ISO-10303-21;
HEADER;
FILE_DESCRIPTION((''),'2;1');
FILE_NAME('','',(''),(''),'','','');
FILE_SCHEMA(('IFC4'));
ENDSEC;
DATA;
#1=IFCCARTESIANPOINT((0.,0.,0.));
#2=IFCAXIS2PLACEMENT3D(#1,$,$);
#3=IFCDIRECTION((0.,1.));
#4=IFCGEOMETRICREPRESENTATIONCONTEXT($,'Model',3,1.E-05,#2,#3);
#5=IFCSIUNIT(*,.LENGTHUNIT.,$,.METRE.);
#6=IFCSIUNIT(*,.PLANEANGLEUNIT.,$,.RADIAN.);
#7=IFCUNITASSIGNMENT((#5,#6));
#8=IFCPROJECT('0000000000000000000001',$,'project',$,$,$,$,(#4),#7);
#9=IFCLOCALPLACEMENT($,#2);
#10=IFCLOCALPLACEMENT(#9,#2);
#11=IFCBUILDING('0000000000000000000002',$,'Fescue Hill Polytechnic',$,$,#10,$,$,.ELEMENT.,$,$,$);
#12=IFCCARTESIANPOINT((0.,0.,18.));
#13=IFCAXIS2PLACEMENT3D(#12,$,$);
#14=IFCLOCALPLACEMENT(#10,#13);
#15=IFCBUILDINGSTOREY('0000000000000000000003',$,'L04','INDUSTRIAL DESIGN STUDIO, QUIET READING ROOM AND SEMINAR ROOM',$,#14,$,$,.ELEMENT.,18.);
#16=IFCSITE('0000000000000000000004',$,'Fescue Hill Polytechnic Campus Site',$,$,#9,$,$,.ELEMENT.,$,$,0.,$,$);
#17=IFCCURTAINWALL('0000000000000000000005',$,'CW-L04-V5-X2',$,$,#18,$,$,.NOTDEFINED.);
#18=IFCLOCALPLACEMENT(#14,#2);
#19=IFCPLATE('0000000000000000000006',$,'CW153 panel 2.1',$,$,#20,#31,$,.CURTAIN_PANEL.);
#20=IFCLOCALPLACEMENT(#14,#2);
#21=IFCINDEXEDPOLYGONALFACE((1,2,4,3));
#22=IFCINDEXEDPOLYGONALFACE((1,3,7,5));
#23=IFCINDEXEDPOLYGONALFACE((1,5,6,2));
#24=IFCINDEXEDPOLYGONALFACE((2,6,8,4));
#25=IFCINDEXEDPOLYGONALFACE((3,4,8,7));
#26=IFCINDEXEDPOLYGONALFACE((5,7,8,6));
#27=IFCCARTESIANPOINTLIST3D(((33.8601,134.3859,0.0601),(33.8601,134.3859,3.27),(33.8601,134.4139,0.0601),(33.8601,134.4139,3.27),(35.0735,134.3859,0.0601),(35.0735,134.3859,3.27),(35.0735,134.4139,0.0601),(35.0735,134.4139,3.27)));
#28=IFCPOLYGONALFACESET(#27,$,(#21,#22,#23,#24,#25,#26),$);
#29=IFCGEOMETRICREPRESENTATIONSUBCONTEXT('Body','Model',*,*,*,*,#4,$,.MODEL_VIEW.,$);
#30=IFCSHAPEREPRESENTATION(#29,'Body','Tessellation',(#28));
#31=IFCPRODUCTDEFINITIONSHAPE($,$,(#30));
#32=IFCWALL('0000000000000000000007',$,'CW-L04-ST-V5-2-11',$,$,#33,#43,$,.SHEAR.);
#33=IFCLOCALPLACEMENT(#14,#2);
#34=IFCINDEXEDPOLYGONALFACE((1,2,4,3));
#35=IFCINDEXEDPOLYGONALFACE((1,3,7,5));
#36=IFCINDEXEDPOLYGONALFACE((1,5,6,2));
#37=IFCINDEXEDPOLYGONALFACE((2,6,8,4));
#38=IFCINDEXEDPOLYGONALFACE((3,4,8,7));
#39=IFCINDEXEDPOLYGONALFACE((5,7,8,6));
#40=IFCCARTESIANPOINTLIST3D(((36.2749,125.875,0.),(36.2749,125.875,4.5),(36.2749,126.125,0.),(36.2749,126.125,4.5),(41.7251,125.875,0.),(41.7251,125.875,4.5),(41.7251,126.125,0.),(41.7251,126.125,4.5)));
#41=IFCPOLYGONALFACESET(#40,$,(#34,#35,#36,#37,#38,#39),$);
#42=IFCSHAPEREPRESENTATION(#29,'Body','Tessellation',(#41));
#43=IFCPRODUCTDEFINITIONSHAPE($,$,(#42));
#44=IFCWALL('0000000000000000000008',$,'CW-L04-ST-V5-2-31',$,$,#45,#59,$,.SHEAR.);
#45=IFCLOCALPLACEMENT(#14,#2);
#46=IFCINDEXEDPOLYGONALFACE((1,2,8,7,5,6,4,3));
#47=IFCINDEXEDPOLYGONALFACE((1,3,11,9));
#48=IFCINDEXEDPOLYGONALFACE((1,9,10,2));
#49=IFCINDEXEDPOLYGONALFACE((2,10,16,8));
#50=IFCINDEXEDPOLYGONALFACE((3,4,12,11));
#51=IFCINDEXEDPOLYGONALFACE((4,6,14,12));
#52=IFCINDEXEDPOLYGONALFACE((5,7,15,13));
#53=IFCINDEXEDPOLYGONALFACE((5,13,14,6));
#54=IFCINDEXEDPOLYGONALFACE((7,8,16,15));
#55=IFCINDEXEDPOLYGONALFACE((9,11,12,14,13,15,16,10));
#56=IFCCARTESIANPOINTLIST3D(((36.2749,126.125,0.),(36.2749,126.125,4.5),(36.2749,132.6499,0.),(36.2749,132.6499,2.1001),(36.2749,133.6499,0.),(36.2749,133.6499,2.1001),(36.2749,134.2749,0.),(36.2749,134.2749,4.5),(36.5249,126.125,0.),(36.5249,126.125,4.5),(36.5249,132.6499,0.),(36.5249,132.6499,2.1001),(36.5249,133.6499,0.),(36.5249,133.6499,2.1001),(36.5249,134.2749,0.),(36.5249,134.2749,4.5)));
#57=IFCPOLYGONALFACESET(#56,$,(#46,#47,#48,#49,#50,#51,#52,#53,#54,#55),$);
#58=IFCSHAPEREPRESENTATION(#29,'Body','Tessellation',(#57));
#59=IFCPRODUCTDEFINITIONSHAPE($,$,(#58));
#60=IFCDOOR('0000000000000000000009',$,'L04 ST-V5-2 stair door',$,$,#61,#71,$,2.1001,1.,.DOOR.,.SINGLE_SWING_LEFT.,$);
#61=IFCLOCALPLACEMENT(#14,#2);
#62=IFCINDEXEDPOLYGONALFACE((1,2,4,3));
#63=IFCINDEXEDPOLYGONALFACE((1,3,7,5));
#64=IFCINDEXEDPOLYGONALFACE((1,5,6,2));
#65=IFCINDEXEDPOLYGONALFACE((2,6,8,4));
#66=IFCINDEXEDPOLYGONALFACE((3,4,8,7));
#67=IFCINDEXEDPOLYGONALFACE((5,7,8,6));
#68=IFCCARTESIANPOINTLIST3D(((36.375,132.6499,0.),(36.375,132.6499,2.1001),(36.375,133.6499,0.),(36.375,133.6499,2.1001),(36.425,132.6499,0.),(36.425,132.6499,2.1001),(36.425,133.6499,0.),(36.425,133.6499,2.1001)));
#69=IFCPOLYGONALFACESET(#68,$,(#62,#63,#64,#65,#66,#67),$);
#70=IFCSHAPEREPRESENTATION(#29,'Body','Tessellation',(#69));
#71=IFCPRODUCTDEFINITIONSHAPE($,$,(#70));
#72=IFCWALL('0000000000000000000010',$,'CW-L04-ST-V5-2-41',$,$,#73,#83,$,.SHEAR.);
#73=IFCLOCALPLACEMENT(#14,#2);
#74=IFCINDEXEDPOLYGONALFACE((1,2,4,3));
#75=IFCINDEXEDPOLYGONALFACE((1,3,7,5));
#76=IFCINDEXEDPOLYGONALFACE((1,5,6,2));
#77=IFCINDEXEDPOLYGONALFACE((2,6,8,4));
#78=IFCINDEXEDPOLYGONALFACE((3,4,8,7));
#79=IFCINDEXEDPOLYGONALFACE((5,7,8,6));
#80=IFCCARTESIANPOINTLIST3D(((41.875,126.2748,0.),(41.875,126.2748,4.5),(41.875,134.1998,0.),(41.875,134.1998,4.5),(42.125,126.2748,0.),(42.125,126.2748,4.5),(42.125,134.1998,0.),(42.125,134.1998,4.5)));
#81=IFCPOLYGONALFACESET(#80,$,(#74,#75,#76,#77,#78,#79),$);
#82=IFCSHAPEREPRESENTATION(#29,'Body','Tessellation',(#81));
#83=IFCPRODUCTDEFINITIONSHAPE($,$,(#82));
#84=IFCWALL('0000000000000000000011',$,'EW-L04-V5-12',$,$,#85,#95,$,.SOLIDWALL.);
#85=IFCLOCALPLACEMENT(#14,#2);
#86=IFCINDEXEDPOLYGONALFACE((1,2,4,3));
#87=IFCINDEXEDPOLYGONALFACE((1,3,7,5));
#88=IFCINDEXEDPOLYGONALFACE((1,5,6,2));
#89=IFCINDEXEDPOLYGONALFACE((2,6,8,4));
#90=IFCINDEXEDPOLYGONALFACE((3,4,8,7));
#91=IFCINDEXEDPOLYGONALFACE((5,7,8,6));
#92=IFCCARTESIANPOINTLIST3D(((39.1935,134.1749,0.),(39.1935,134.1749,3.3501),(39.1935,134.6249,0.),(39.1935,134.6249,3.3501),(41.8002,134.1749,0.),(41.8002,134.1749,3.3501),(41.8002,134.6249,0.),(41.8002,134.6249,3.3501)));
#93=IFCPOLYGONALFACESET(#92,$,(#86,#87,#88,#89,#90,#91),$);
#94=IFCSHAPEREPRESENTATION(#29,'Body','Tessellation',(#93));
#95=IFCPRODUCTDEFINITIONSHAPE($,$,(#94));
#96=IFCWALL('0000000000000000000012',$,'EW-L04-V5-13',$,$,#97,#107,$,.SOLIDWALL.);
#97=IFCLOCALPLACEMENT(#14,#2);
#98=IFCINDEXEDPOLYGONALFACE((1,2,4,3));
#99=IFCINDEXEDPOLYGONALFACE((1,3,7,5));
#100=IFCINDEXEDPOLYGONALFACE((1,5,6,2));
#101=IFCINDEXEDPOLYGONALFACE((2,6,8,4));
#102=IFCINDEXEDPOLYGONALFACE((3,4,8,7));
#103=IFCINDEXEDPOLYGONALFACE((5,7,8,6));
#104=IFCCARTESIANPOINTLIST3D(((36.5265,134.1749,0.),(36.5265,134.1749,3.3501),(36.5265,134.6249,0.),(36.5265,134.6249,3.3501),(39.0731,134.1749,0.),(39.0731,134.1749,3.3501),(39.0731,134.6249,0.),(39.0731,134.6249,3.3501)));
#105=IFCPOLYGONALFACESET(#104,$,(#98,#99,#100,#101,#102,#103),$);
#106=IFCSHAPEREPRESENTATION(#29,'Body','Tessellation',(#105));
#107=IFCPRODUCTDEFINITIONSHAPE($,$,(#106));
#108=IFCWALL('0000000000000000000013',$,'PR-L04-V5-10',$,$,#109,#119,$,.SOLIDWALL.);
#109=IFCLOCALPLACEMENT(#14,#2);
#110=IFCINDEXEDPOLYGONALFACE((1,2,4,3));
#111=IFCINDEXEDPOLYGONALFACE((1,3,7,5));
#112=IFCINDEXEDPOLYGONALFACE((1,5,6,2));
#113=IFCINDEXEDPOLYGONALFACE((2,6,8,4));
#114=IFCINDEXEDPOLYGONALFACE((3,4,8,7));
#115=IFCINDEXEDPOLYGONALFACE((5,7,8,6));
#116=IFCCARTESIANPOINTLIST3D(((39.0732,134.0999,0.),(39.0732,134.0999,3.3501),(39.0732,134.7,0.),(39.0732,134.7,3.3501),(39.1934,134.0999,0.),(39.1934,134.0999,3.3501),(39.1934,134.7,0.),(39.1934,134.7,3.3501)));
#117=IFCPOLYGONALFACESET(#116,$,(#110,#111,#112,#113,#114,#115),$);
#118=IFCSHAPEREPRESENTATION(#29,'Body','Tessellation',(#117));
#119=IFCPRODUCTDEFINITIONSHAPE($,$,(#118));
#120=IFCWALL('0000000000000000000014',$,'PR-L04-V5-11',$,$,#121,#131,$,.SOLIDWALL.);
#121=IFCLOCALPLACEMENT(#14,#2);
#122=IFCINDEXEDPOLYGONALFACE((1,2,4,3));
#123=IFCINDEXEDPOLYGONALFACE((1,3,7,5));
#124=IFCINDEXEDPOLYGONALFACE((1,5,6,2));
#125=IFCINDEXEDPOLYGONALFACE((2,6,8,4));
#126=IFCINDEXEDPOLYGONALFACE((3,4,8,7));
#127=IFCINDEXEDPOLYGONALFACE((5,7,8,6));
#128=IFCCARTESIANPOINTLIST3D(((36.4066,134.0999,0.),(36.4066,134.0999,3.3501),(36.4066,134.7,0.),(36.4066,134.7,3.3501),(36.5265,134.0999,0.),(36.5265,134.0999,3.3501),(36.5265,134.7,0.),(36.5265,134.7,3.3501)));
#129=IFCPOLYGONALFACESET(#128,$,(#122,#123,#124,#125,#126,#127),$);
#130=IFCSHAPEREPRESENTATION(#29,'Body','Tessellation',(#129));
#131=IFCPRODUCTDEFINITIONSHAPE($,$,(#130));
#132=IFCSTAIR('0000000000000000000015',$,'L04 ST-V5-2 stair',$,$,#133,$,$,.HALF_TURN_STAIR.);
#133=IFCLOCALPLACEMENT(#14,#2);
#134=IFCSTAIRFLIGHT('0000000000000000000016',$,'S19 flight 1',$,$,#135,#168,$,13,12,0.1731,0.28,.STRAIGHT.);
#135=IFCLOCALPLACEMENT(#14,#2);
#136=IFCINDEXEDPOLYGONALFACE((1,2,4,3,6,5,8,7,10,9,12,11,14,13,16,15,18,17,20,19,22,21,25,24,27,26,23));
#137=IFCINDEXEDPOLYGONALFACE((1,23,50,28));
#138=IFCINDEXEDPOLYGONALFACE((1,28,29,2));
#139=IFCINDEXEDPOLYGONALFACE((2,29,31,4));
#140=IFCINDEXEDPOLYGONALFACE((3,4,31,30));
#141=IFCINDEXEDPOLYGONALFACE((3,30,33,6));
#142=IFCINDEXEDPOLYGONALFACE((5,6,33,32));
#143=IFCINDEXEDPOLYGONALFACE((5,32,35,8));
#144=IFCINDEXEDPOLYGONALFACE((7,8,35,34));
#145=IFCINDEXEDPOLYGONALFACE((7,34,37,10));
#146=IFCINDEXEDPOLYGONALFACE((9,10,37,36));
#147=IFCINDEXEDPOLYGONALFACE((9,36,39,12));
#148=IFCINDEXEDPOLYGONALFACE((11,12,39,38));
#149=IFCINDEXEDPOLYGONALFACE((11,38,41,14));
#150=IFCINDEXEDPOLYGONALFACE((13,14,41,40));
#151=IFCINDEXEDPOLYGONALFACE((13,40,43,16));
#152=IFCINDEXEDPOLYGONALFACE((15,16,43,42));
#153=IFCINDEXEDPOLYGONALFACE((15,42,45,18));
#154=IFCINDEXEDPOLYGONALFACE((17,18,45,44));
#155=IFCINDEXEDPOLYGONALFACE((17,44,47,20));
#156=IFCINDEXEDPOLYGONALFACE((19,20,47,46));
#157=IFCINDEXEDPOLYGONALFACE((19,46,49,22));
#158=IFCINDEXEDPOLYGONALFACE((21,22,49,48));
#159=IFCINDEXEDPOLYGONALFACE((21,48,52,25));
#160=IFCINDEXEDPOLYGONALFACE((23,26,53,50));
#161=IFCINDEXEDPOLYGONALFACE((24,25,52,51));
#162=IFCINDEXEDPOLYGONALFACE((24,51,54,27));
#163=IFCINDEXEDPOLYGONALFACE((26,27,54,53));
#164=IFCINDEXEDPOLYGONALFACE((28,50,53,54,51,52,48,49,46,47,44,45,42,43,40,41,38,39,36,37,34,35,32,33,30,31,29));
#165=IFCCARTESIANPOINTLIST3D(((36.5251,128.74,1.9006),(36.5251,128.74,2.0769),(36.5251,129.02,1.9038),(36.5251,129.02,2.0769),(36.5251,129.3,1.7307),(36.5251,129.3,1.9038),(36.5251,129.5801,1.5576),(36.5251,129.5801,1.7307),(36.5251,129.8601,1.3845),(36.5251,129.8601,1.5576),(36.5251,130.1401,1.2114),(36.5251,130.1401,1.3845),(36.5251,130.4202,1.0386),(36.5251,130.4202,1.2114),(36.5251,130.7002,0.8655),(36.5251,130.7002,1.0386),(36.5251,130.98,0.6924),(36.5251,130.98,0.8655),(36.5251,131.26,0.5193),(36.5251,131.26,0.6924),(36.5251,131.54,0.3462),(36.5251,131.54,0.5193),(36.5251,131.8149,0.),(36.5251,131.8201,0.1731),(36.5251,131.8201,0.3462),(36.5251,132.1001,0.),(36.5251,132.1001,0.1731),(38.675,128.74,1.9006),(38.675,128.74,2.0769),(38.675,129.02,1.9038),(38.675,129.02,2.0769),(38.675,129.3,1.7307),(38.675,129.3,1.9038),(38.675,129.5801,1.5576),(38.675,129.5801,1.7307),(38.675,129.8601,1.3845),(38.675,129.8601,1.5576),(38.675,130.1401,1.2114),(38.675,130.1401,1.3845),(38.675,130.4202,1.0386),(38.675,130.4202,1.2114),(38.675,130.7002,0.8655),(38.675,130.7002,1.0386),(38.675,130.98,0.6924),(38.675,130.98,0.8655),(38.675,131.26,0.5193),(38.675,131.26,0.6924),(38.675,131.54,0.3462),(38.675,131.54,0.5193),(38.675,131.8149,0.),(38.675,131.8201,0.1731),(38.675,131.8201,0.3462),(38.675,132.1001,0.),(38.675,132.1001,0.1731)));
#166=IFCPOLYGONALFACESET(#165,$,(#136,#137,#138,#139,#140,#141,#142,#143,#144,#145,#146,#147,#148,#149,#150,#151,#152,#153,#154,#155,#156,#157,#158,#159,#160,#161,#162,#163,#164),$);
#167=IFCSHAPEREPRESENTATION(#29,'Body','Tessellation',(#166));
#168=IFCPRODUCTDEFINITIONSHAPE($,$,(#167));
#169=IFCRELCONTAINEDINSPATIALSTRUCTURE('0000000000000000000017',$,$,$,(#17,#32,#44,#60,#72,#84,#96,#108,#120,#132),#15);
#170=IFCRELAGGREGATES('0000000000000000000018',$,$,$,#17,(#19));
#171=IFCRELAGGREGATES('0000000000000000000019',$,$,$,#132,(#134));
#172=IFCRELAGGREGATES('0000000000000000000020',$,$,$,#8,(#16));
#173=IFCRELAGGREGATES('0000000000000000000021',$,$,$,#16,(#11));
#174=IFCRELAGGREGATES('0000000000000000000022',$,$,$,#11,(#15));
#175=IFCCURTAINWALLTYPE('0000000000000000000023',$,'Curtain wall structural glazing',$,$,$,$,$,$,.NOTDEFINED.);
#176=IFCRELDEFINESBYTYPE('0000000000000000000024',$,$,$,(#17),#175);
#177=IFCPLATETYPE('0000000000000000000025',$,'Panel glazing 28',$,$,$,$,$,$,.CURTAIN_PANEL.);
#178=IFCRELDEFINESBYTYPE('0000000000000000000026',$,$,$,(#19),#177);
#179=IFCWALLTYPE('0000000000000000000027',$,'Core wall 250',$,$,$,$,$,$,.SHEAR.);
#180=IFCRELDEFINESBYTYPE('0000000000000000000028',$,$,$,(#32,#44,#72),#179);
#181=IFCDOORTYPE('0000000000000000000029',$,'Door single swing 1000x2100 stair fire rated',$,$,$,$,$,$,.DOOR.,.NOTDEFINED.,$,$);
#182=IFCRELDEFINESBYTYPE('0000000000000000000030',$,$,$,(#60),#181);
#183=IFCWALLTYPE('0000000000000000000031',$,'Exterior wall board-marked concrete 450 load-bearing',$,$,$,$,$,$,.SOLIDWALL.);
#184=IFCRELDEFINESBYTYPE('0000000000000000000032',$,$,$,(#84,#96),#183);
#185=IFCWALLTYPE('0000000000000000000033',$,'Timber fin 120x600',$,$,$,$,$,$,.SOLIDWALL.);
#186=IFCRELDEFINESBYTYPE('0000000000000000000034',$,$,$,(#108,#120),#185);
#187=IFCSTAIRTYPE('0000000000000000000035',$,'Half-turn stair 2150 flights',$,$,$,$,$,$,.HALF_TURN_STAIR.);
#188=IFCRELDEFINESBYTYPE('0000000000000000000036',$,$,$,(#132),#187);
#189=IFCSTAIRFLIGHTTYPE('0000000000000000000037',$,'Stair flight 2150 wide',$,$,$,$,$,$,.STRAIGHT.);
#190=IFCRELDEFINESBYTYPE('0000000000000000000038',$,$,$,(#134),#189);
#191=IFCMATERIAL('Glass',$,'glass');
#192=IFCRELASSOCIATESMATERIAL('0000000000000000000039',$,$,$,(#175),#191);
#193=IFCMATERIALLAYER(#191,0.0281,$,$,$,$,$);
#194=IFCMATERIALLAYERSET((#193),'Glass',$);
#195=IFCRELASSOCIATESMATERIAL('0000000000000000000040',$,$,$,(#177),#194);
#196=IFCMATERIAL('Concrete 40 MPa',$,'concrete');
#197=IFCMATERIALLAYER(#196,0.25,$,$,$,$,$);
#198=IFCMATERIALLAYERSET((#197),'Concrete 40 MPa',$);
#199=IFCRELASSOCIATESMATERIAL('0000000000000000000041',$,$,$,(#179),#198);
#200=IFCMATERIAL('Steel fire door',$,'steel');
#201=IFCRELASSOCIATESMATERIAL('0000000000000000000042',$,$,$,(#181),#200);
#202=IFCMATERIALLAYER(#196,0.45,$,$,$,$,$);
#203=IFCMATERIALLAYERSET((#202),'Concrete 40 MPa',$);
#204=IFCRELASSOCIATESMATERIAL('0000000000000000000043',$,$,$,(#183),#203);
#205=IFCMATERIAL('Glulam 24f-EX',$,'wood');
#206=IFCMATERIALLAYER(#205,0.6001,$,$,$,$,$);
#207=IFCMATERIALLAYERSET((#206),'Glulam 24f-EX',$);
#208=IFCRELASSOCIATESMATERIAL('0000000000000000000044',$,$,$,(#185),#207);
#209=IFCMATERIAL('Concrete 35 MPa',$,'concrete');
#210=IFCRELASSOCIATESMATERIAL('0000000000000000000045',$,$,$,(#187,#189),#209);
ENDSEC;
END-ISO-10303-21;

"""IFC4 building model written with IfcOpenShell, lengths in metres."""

from ifc_helpers import new_model, si_unit, direction, frame, frame_2d, origin, origin_2d, place, context, subcontext, project, spatial, polyline, rectangle, outline, extrude, material, layer, layer_set, type_object, element, fill, aggregate, save


model = new_model("IFC4")

# Units and contexts
model_context = context("Model", 3, precision=1e-05, world=origin(), true_north=direction((0.0, 1.0)))
body_context = subcontext(model_context, "Body", "Model", "MODEL_VIEW")
ifc_project = project(units=[si_unit("LENGTHUNIT", "METRE"), si_unit("PLANEANGLEUNIT", "RADIAN")], contexts=[model_context])

# Site, building, storey
site_placement = place(None, origin())
site = spatial("IfcSite", under=ifc_project, at=site_placement, Name="Fescue Hill Polytechnic Campus Site", CompositionType="ELEMENT", RefElevation=0.0)
building_placement = place(site_placement, origin())
building = spatial("IfcBuilding", under=site, at=building_placement, Name="Fescue Hill Polytechnic", CompositionType="ELEMENT")
storey_placement = place(building_placement, frame((0.0, 0.0, 18.0)))
storey = spatial("IfcBuildingStorey", under=building, at=storey_placement, Name="L04", Description="INDUSTRIAL DESIGN STUDIO, QUIET READING ROOM AND SEMINAR ROOM", CompositionType="ELEMENT", Elevation=18.0)

# Shared definitions
ifc_material_1 = material(Name="Concrete 40 MPa", Category="concrete")

# Shared definitions
ifc_material_2 = material(Name="Concrete 35 MPa", Category="concrete")

# Curtain wall, plate
ifc_material_3 = material(Name="Glass", Category="glass")
curtain_wall_type = type_object("IfcCurtainWallType", Name="Curtain wall structural glazing", PredefinedType="NOTDEFINED", material=ifc_material_3)
curtain_wall_placement = place(storey_placement, origin())
curtain_wall = element("IfcCurtainWall", 1, at=curtain_wall_placement, inside=storey, type_object=curtain_wall_type, Name="CW-L04-V5-X2", PredefinedType="NOTDEFINED")
ifc_layer_1 = layer(ifc_material_3, 0.0281)
ifc_layer_set_1 = layer_set([ifc_layer_1], Name="Glass")
plate_type = type_object("IfcPlateType", Name="Panel glazing 28", PredefinedType="CURTAIN_PANEL", material=ifc_layer_set_1)
plate_1_placement = place(storey_placement, frame((34.4668, 134.3999, 0.0601), z_axis=(0.0, 0.0, 1.0), x_axis=(-1.0, 0.0, 0.0)))
plate_1 = element("IfcPlate", 2, at=plate_1_placement, type_object=plate_type, Name="CW153 panel 2.1", PredefinedType="CURTAIN_PANEL", context=body_context, shape_type="SweptSolid", body=[
    extrude(rectangle(XDim=1.2134, YDim=0.0281, at=origin_2d()), origin(), (0.0, 0.0, 1.0), 3.21),
])
aggregate(curtain_wall, [plate_1])

# Wall
ifc_layer_2 = layer(ifc_material_1, 0.25)
ifc_layer_set_2 = layer_set([ifc_layer_2], Name="Concrete 40 MPa")
wall_type_1 = type_object("IfcWallType", Name="Core wall 250", PredefinedType="SHEAR", material=ifc_layer_set_2)
wall_1_placement = place(storey_placement, frame((36.2749, 126.0, 0.0), z_axis=(0.0, 0.0, 1.0), x_axis=(1.0, 0.0, 0.0)))
element("IfcWall", 3, at=wall_1_placement, inside=storey, type_object=wall_type_1, Name="CW-L04-ST-V5-2-11", PredefinedType="SHEAR", context=body_context, shape_type="SweptSolid", body=[
    extrude(rectangle(XDim=5.4502, YDim=0.25, at=frame_2d((2.7251, 0.0))), origin(), (0.0, 0.0, 1.0), 4.5),
])

# Wall, opening, door
wall_2_placement = place(storey_placement, frame((36.3999, 126.125, 0.0), z_axis=(0.0, 0.0, 1.0), x_axis=(0.0, 1.0, 0.0)))
wall_2 = element("IfcWall", 4, at=wall_2_placement, inside=storey, type_object=wall_type_1, Name="CW-L04-ST-V5-2-31", PredefinedType="SHEAR", context=body_context, shape_type="SweptSolid", body=[
    extrude(rectangle(XDim=8.1499, YDim=0.25, at=frame_2d((4.075, 0.0))), origin(), (0.0, 0.0, 1.0), 4.5),
])
opening_placement = place(wall_2_placement, frame((6.5249, 0.0, 0.0)))
opening = element("IfcOpeningElement", 5, at=opening_placement, cuts=wall_2, PredefinedType="OPENING", context=body_context, shape_type="SweptSolid", body=[
    extrude(rectangle(XDim=1.0, YDim=2.1001, at=frame_2d((0.5, 1.05))), frame((0.0, 0.135, 0.0), z_axis=(0.0, -1.0, 0.0), x_axis=(1.0, 0.0, 0.0)), (0.0, 0.0, 1.0), 0.27),
])
ifc_material_4 = material(Name="Steel fire door", Category="steel")
door_type = type_object("IfcDoorType", Name="Door single swing 1000x2100 stair fire rated", OperationType="NOTDEFINED", PredefinedType="DOOR", material=ifc_material_4)
door_placement = place(opening_placement, origin())
door = element("IfcDoor", 6, at=door_placement, inside=storey, type_object=door_type, Name="L04 ST-V5-2 stair door", OperationType="SINGLE_SWING_LEFT", OverallHeight=2.1001, OverallWidth=1.0, PredefinedType="DOOR", context=body_context, shape_type="SweptSolid", body=[
    extrude(rectangle(XDim=1.0, YDim=2.1001, at=frame_2d((0.5, 1.05))), frame((0.0, 0.0249, 0.0), z_axis=(0.0, -1.0, 0.0), x_axis=(1.0, 0.0, 0.0)), (0.0, 0.0, 1.0), 0.05),
])
fill(opening, door)

# Walls
wall_3_placement = place(storey_placement, frame((42.0, 126.2749, 0.0), z_axis=(0.0, 0.0, 1.0), x_axis=(0.0, 1.0, 0.0)))
element("IfcWall", 7, at=wall_3_placement, inside=storey, type_object=wall_type_1, Name="CW-L04-ST-V5-2-41", PredefinedType="SHEAR", context=body_context, shape_type="SweptSolid", body=[
    extrude(rectangle(XDim=7.925, YDim=0.25, at=frame_2d((3.9624, 0.0))), origin(), (0.0, 0.0, 1.0), 4.5),
])
ifc_layer_3 = layer(ifc_material_1, 0.45)
ifc_layer_set_3 = layer_set([ifc_layer_3], Name="Concrete 40 MPa")
wall_type_2 = type_object("IfcWallType", Name="Exterior wall board-marked concrete 450 load-bearing", PredefinedType="SOLIDWALL", material=ifc_layer_set_3)
wall_4_placement = place(storey_placement, frame((41.8, 134.3999, 0.0), z_axis=(0.0, 0.0, 1.0), x_axis=(-1.0, 0.0, 0.0)))
element("IfcWall", 8, at=wall_4_placement, inside=storey, type_object=wall_type_2, Name="EW-L04-V5-12", PredefinedType="SOLIDWALL", context=body_context, shape_type="SweptSolid", body=[
    extrude(rectangle(XDim=2.6067, YDim=0.45, at=frame_2d((1.3032, 0.0))), origin(), (0.0, 0.0, 1.0), 3.3501),
])
wall_5_placement = place(storey_placement, frame((39.0732, 134.3999, 0.0), z_axis=(0.0, 0.0, 1.0), x_axis=(-1.0, 0.0, 0.0)))
element("IfcWall", 9, at=wall_5_placement, inside=storey, type_object=wall_type_2, Name="EW-L04-V5-13", PredefinedType="SOLIDWALL", context=body_context, shape_type="SweptSolid", body=[
    extrude(rectangle(XDim=2.5466, YDim=0.45, at=frame_2d((1.2734, 0.0))), origin(), (0.0, 0.0, 1.0), 3.3501),
])
ifc_material_5 = material(Name="Glulam 24f-EX", Category="wood")
ifc_layer_4 = layer(ifc_material_5, 0.6001)
ifc_layer_set_4 = layer_set([ifc_layer_4], Name="Glulam 24f-EX")
wall_type_3 = type_object("IfcWallType", Name="Timber fin 120x600", PredefinedType="SOLIDWALL", material=ifc_layer_set_4)
wall_6_placement = place(storey_placement, frame((39.1934, 134.3999, 0.0), z_axis=(0.0, 0.0, 1.0), x_axis=(-1.0, 0.0, 0.0)))
element("IfcWall", 10, at=wall_6_placement, inside=storey, type_object=wall_type_3, Name="PR-L04-V5-10", PredefinedType="SOLIDWALL", context=body_context, shape_type="SweptSolid", body=[
    extrude(rectangle(XDim=0.1201, YDim=0.6001, at=frame_2d((0.0601, 0.0))), origin(), (0.0, 0.0, 1.0), 3.3501),
])
wall_7_placement = place(storey_placement, frame((36.5266, 134.3999, 0.0), z_axis=(0.0, 0.0, 1.0), x_axis=(-1.0, 0.0, 0.0)))
element("IfcWall", 11, at=wall_7_placement, inside=storey, type_object=wall_type_3, Name="PR-L04-V5-11", PredefinedType="SOLIDWALL", context=body_context, shape_type="SweptSolid", body=[
    extrude(rectangle(XDim=0.1199, YDim=0.6001, at=frame_2d((0.0601, 0.0))), origin(), (0.0, 0.0, 1.0), 3.3501),
])

# Stair, stair flight
stair_type = type_object("IfcStairType", Name="Half-turn stair 2150 flights", PredefinedType="HALF_TURN_STAIR", material=ifc_material_2)
stair_placement = place(storey_placement, origin())
stair = element("IfcStair", 12, at=stair_placement, inside=storey, type_object=stair_type, Name="L04 ST-V5-2 stair", PredefinedType="HALF_TURN_STAIR")
stair_flight_type = type_object("IfcStairFlightType", Name="Stair flight 2150 wide", PredefinedType="STRAIGHT", material=ifc_material_2)
stair_flight_1_placement = place(storey_placement, frame((37.6001, 132.1001, 0.0), z_axis=(0.0, 0.0, 1.0), x_axis=(0.0, -1.0, 0.0)))
stair_flight_1 = element("IfcStairFlight", 13, at=stair_flight_1_placement, type_object=stair_flight_type, Name="S19 flight 1", NumberOfRisers=13, NumberOfTreads=12, PredefinedType="STRAIGHT", RiserHeight=0.1731, TreadLength=0.28, context=body_context, shape_type="SweptSolid", body=[
    extrude(outline(polyline([(0.0, 0.0), (0.0, 0.1731), (0.28, 0.1731), (0.28, 0.3462), (0.5601, 0.3462), (0.5601, 0.5193), (0.8401, 0.5193), (0.8401, 0.6924), (1.1201, 0.6924), (1.1201, 0.8655), (1.3999, 0.8655), (1.3999, 1.0386), (1.6799, 1.0386), (1.6799, 1.2114), (1.96, 1.2114), (1.96, 1.3845), (2.24, 1.3845), (2.24, 1.5576), (2.52, 1.5576), (2.52, 1.7307), (2.8, 1.7307), (2.8, 1.9038), (3.0801, 1.9038), (3.0801, 2.0769), (3.3601, 2.0769), (3.3601, 2.25), (3.3601, 1.9006), (0.2852, 0.0), (0.0, 0.0)])), frame((0.0, 1.075, 0.0), z_axis=(0.0, -1.0, 0.0), x_axis=(1.0, 0.0, 0.0)), (0.0, 0.0, 1.0), 2.1499),
])
aggregate(stair, [stair_flight_1])

save(model, "model.ifc")
